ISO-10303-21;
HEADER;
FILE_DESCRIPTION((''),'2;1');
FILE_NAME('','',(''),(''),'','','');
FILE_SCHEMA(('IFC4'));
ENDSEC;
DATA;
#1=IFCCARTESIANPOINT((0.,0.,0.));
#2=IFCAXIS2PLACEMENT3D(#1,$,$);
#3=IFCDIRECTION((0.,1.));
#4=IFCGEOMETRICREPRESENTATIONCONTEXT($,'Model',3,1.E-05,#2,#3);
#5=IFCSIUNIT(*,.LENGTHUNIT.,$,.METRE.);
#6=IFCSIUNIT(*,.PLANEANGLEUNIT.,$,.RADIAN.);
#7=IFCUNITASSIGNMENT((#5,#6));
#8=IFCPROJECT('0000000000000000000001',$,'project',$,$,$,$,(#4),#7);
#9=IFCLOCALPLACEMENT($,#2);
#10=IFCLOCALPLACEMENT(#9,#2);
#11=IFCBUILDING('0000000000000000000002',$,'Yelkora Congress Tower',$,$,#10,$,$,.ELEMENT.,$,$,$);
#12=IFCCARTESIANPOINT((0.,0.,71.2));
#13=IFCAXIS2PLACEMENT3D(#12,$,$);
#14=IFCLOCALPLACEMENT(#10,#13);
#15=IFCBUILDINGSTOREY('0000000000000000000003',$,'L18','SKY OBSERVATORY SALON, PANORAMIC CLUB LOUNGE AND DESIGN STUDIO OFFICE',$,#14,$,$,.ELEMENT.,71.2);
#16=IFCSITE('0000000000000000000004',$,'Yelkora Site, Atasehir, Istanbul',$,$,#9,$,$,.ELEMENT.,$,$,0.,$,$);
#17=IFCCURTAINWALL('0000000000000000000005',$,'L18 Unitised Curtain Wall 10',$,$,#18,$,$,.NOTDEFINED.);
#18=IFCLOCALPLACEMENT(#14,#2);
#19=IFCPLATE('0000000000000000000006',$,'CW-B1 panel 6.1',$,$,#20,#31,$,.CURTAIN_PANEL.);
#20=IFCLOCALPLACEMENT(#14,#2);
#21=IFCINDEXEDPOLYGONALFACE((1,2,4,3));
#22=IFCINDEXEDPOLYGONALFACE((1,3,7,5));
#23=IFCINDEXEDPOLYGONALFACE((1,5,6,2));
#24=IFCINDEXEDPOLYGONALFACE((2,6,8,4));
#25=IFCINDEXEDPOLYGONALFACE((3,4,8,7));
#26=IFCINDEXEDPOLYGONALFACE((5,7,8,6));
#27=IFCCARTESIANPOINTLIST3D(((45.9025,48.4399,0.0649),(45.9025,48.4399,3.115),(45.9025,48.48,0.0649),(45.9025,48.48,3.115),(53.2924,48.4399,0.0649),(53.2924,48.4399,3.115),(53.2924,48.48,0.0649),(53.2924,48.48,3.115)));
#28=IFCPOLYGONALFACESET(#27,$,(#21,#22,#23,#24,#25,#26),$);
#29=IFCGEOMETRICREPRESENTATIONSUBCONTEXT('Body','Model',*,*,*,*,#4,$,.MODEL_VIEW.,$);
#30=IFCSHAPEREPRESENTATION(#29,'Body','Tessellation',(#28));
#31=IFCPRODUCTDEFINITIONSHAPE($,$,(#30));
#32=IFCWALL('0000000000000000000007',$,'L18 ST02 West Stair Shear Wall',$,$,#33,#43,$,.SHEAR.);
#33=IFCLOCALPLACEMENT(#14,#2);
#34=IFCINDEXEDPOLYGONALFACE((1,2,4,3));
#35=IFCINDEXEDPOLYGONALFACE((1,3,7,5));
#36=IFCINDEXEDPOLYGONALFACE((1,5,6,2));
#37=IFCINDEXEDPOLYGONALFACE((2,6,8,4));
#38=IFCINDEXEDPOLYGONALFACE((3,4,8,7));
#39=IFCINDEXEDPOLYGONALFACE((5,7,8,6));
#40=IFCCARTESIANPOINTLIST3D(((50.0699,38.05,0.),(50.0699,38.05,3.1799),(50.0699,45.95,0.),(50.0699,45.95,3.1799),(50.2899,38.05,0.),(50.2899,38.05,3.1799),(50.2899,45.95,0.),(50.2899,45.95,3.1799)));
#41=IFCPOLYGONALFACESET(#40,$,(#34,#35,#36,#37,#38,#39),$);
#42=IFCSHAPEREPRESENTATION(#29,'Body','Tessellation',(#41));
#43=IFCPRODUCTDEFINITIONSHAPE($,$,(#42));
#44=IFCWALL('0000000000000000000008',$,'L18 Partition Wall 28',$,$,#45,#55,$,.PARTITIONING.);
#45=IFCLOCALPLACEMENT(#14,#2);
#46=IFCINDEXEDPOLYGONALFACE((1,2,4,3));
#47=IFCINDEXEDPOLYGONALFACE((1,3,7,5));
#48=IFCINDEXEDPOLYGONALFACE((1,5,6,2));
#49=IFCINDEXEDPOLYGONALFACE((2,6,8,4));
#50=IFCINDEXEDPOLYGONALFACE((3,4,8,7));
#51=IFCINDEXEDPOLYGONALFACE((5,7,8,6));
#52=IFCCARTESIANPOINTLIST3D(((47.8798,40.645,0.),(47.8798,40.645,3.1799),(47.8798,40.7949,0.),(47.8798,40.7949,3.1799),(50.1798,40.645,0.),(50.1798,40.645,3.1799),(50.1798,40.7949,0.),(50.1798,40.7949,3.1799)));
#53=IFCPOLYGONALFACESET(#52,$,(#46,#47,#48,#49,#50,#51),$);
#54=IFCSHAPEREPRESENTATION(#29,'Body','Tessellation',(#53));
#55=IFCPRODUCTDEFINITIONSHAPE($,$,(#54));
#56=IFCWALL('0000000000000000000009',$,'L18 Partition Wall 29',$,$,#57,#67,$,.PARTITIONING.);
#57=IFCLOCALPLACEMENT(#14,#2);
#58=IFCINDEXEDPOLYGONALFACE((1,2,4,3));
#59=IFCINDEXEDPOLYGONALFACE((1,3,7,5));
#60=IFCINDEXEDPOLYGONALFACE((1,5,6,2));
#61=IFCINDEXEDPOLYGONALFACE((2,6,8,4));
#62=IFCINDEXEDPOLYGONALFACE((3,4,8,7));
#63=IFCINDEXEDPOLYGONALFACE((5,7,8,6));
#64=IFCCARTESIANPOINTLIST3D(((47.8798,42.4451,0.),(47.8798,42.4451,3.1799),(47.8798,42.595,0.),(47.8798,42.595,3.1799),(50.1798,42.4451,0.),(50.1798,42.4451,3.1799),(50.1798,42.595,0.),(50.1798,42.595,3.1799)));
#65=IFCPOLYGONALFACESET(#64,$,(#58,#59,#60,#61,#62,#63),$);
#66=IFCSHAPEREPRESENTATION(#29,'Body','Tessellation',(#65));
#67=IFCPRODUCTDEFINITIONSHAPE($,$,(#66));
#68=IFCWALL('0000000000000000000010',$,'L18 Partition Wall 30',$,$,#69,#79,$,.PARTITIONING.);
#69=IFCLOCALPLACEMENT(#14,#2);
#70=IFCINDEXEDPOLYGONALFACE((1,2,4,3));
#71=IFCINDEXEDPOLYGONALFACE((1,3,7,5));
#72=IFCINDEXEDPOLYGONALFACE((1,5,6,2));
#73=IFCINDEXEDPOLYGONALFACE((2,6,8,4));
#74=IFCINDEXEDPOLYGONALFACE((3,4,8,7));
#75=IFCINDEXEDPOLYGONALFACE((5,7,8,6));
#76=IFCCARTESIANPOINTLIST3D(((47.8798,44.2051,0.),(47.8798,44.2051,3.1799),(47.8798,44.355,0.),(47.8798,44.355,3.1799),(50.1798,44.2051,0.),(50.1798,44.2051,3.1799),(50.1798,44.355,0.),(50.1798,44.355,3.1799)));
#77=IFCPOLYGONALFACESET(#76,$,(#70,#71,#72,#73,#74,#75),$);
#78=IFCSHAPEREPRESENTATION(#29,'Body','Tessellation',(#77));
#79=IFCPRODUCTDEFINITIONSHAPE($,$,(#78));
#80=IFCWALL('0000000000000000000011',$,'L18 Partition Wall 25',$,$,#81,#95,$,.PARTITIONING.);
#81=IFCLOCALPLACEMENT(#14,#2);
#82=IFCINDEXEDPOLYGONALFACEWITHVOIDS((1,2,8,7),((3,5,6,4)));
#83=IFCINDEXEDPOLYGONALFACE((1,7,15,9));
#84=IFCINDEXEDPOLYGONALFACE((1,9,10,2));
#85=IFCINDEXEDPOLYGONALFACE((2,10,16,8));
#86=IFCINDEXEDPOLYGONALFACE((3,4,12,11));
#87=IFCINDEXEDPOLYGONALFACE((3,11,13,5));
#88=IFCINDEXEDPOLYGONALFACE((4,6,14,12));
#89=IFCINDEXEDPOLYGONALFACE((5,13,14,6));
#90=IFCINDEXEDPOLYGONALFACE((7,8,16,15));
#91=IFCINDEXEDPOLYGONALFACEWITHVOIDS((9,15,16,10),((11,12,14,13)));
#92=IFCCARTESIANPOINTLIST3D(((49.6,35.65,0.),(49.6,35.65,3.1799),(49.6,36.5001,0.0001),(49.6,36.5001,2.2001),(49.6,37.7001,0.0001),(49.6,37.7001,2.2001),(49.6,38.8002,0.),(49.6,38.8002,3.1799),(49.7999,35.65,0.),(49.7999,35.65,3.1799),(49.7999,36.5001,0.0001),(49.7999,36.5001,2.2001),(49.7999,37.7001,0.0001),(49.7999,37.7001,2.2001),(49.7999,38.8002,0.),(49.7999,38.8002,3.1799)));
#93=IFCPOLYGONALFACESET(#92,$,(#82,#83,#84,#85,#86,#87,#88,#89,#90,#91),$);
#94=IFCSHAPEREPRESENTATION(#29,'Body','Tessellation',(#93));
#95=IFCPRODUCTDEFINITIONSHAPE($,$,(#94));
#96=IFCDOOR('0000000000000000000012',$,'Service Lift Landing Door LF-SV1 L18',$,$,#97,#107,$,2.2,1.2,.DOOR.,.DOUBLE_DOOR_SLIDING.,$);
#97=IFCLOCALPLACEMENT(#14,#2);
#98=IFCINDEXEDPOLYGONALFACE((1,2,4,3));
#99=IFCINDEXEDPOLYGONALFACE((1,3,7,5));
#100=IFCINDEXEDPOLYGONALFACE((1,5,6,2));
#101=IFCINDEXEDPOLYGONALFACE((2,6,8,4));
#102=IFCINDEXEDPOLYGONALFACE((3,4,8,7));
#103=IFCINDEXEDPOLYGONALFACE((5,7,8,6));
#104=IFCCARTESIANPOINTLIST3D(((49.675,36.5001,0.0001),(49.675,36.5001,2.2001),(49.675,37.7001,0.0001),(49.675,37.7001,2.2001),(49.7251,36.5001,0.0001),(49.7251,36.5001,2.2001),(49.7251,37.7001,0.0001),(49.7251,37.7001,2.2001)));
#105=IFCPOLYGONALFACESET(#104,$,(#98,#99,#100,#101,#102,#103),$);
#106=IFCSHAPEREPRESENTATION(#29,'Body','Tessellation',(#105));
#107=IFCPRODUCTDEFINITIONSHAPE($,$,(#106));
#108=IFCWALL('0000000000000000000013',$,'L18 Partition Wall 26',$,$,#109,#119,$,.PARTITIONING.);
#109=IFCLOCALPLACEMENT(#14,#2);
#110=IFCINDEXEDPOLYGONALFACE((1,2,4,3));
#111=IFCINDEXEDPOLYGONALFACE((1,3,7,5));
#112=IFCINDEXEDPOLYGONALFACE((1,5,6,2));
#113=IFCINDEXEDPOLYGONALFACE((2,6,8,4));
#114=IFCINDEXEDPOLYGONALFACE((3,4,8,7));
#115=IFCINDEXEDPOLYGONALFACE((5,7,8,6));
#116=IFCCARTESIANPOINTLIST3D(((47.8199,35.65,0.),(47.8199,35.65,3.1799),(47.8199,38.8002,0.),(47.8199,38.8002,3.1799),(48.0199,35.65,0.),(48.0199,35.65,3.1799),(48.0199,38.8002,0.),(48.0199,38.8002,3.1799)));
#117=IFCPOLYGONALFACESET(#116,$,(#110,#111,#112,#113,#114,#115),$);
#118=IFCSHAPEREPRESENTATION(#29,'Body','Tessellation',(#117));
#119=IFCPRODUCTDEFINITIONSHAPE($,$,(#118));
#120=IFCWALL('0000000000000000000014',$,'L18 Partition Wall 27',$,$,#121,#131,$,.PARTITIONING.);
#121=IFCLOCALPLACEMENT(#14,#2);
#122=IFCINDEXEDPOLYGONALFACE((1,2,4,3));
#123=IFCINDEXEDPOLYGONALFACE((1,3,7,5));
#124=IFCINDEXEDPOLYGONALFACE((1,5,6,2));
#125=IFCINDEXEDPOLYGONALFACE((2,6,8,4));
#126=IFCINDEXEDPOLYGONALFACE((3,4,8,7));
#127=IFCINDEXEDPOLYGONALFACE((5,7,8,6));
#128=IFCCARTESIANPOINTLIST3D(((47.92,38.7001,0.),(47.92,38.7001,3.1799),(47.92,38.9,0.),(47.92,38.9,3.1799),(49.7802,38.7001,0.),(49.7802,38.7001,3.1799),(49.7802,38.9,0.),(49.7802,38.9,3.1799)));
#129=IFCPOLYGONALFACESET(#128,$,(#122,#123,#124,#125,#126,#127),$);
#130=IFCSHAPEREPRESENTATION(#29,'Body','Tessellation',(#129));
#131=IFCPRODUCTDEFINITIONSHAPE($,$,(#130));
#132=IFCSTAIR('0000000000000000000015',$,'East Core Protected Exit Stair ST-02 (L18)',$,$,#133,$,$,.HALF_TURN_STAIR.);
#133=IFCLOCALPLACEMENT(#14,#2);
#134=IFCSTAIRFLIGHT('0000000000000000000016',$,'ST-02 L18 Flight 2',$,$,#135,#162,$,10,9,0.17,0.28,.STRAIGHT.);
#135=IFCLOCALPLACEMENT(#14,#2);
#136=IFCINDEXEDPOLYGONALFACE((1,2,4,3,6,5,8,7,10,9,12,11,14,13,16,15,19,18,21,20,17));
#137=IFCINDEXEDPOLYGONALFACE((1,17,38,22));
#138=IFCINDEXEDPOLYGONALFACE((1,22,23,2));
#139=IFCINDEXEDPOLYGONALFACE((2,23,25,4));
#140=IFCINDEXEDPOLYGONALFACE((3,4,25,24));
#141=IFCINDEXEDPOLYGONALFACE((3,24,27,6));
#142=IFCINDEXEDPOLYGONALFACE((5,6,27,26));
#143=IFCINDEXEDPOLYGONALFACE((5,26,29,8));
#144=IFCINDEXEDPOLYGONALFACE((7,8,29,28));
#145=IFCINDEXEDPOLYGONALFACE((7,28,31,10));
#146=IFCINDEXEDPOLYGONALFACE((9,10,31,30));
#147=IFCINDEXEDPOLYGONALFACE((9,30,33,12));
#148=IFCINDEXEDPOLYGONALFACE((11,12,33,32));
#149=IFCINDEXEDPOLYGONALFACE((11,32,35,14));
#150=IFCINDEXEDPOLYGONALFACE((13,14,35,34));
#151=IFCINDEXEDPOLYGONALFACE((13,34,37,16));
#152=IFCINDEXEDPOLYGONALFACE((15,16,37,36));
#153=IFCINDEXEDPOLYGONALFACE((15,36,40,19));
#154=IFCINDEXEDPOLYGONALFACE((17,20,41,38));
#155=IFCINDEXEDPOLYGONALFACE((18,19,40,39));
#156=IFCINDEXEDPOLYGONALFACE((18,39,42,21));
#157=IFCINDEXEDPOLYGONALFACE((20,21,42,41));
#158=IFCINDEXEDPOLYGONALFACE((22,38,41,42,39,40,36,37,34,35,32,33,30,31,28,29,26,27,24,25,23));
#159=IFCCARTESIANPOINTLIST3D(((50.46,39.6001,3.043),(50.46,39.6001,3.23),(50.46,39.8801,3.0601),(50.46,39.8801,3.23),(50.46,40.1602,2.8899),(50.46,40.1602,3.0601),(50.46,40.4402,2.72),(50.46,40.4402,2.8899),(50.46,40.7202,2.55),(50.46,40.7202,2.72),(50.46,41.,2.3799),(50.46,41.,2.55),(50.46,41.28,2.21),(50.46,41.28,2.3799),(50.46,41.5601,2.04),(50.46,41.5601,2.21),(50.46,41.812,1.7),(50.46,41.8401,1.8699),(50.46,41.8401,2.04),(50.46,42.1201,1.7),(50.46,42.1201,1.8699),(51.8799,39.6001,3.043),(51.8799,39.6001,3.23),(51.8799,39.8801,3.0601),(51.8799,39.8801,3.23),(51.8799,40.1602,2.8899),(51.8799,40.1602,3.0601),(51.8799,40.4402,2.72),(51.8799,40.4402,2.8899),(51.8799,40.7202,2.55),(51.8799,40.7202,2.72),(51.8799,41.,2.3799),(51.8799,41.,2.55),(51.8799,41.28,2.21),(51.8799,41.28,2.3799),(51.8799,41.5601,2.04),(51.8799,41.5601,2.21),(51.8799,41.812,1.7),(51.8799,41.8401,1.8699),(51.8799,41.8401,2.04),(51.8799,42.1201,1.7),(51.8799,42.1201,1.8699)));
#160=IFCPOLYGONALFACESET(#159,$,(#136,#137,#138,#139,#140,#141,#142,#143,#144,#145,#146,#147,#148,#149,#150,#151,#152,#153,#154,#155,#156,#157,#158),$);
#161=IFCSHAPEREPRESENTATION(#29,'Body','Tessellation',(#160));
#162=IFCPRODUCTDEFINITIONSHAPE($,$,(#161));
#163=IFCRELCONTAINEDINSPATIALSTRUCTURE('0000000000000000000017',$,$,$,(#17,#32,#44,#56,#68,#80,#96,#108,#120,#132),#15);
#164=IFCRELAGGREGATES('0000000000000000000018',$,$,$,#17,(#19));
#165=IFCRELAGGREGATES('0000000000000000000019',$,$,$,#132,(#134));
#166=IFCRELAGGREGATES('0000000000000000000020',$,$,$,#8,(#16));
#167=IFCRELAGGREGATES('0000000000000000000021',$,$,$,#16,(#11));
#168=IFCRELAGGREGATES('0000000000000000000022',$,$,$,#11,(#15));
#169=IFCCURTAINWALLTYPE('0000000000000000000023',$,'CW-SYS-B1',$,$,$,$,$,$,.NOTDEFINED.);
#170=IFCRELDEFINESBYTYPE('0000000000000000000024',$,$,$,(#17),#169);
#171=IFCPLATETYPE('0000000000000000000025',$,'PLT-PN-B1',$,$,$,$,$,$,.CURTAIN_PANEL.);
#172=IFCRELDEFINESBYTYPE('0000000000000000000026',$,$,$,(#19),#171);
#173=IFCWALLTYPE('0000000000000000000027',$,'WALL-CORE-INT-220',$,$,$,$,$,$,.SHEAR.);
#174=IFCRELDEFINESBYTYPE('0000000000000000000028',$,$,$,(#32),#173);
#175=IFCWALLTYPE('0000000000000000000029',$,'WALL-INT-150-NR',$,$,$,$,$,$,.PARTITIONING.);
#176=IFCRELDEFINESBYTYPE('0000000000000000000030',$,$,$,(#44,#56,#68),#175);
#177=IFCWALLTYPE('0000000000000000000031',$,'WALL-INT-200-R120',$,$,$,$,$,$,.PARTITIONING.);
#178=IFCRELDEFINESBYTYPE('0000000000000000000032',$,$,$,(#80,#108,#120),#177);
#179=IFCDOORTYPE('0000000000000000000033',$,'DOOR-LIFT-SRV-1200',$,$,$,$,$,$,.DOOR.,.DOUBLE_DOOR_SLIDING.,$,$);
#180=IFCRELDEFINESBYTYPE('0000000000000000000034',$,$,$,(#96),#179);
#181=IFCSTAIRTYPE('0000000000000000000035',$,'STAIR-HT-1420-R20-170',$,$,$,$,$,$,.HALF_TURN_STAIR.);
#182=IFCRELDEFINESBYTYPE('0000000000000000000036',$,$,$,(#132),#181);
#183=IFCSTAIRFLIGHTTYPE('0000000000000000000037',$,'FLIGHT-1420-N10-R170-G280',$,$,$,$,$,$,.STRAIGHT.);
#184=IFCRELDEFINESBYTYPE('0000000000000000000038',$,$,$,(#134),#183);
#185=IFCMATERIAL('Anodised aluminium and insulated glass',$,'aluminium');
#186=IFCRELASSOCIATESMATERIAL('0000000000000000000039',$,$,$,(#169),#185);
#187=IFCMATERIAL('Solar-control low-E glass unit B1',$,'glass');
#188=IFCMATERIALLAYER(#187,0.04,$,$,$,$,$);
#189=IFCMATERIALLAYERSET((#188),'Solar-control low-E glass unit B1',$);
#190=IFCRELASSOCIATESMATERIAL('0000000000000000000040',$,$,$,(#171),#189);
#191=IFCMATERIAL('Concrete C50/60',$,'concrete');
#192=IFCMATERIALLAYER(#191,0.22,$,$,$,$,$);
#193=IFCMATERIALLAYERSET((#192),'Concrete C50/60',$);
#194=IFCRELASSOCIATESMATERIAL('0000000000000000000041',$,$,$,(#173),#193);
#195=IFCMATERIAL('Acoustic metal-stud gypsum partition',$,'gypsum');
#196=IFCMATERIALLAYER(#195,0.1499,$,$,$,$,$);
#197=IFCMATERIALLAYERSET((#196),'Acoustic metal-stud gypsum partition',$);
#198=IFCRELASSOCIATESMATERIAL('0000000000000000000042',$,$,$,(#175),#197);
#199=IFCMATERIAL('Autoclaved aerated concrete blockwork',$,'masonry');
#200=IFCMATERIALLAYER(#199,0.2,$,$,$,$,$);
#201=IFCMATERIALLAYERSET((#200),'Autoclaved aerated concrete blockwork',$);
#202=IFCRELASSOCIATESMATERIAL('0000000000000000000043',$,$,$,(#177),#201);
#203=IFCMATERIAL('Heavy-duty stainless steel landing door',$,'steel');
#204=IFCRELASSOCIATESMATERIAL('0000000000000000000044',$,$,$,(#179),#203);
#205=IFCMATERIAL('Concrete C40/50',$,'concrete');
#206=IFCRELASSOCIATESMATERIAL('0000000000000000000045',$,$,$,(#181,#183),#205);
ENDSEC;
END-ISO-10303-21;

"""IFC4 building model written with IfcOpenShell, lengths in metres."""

from ifc_helpers import new_model, si_unit, direction, frame, frame_2d, origin, origin_2d, place, context, subcontext, project, spatial, polyline, rectangle, outline, extrude, material, layer, layer_set, type_object, element, fill, aggregate, save


model = new_model("IFC4")

# Units and contexts
model_context = context("Model", 3, precision=1e-05, world=origin(), true_north=direction((0.0, 1.0)))
body_context = subcontext(model_context, "Body", "Model", "MODEL_VIEW")
ifc_project = project(units=[si_unit("LENGTHUNIT", "METRE"), si_unit("PLANEANGLEUNIT", "RADIAN")], contexts=[model_context])

# Site, building, storey
site_placement = place(None, origin())
site = spatial("IfcSite", under=ifc_project, at=site_placement, Name="Yelkora Site, Atasehir, Istanbul", CompositionType="ELEMENT", RefElevation=0.0)
building_placement = place(site_placement, origin())
building = spatial("IfcBuilding", under=site, at=building_placement, Name="Yelkora Congress Tower", CompositionType="ELEMENT")
storey_placement = place(building_placement, frame((0.0, 0.0, 71.2)))
storey = spatial("IfcBuildingStorey", under=building, at=storey_placement, Name="L18", Description="SKY OBSERVATORY SALON, PANORAMIC CLUB LOUNGE AND DESIGN STUDIO OFFICE", CompositionType="ELEMENT", Elevation=71.2)

# Curtain wall, plate
ifc_material_1 = material(Name="Anodised aluminium and insulated glass", Category="aluminium")
curtain_wall_type = type_object("IfcCurtainWallType", Name="CW-SYS-B1", PredefinedType="NOTDEFINED", material=ifc_material_1)
curtain_wall_placement = place(storey_placement, origin())
curtain_wall = element("IfcCurtainWall", 1, at=curtain_wall_placement, inside=storey, type_object=curtain_wall_type, Name="L18 Unitised Curtain Wall 10", PredefinedType="NOTDEFINED")
ifc_material_2 = material(Name="Solar-control low-E glass unit B1", Category="glass")
ifc_layer_1 = layer(ifc_material_2, 0.04)
ifc_layer_set_1 = layer_set([ifc_layer_1], Name="Solar-control low-E glass unit B1")
plate_type = type_object("IfcPlateType", Name="PLT-PN-B1", PredefinedType="CURTAIN_PANEL", material=ifc_layer_set_1)
plate_placement = place(storey_placement, frame((49.5974, 48.46, 0.0649), z_axis=(0.0, 0.0, 1.0), x_axis=(1.0, 0.0, 0.0)))
plate = element("IfcPlate", 2, at=plate_placement, type_object=plate_type, Name="CW-B1 panel 6.1", PredefinedType="CURTAIN_PANEL", context=body_context, shape_type="SweptSolid", body=[
    extrude(rectangle(XDim=7.3899, YDim=0.04, at=origin_2d()), origin(), (0.0, 0.0, 1.0), 3.05),
])
aggregate(curtain_wall, [plate])

# Walls
ifc_material_3 = material(Name="Concrete C50/60", Category="concrete")
ifc_layer_2 = layer(ifc_material_3, 0.22)
ifc_layer_set_2 = layer_set([ifc_layer_2], Name="Concrete C50/60")
wall_type_1 = type_object("IfcWallType", Name="WALL-CORE-INT-220", PredefinedType="SHEAR", material=ifc_layer_set_2)
wall_1_placement = place(storey_placement, frame((50.1799, 38.05, 0.0), z_axis=(0.0, 0.0, 1.0), x_axis=(0.0, 1.0, 0.0)))
element("IfcWall", 3, at=wall_1_placement, inside=storey, type_object=wall_type_1, Name="L18 ST02 West Stair Shear Wall", PredefinedType="SHEAR", context=body_context, shape_type="SweptSolid", body=[
    extrude(rectangle(XDim=7.8999, YDim=0.22, at=frame_2d((3.95, 0.0))), origin(), (0.0, 0.0, 1.0), 3.1799),
])
ifc_material_4 = material(Name="Acoustic metal-stud gypsum partition", Category="gypsum")
ifc_layer_3 = layer(ifc_material_4, 0.1499)
ifc_layer_set_3 = layer_set([ifc_layer_3], Name="Acoustic metal-stud gypsum partition")
wall_type_2 = type_object("IfcWallType", Name="WALL-INT-150-NR", PredefinedType="PARTITIONING", material=ifc_layer_set_3)
for number, where, z_axis, x_axis, name in (
    (4, (47.8799, 40.72, 0.0), (0.0, 0.0, 1.0), (1.0, 0.0, 0.0), "L18 Partition Wall 28"),
    (5, (47.8799, 42.52, 0.0), (0.0, 0.0, 1.0), (1.0, 0.0, 0.0), "L18 Partition Wall 29"),
    (6, (47.8799, 44.28, 0.0), (0.0, 0.0, 1.0), (1.0, 0.0, 0.0), "L18 Partition Wall 30"),
):
    element("IfcWall", number, at=place(storey_placement, frame(where, z_axis=z_axis, x_axis=x_axis)), inside=storey, type_object=wall_type_2, Name=name, PredefinedType="PARTITIONING", context=body_context, shape_type="SweptSolid", body=[
        extrude(rectangle(XDim=2.3, YDim=0.1499, at=frame_2d((1.1499, 0.0))), origin(), (0.0, 0.0, 1.0), 3.1799),
    ])

# Wall, opening, door
ifc_material_5 = material(Name="Autoclaved aerated concrete blockwork", Category="masonry")
ifc_layer_4 = layer(ifc_material_5, 0.2)
ifc_layer_set_4 = layer_set([ifc_layer_4], Name="Autoclaved aerated concrete blockwork")
wall_type_3 = type_object("IfcWallType", Name="WALL-INT-200-R120", PredefinedType="PARTITIONING", material=ifc_layer_set_4)
wall_2_placement = place(storey_placement, frame((49.7, 35.6499, 0.0), z_axis=(0.0, 0.0, 1.0), x_axis=(0.0, 1.0, 0.0)))
wall_2 = element("IfcWall", 7, at=wall_2_placement, inside=storey, type_object=wall_type_3, Name="L18 Partition Wall 25", PredefinedType="PARTITIONING", context=body_context, shape_type="SweptSolid", body=[
    extrude(rectangle(XDim=3.1501, YDim=0.2, at=frame_2d((1.5752, 0.0))), origin(), (0.0, 0.0, 1.0), 3.1799),
])
opening_1_placement = place(wall_2_placement, frame((0.8501, 0.0, 0.0)))
opening_1 = element("IfcOpeningElement", 8, at=opening_1_placement, cuts=wall_2, PredefinedType="OPENING", context=body_context, shape_type="SweptSolid", body=[
    extrude(rectangle(XDim=1.2, YDim=2.2, at=frame_2d((0.6001, 1.1001))), frame((0.0, 0.1099, 0.0), z_axis=(0.0, -1.0, 0.0), x_axis=(1.0, 0.0, 0.0)), (0.0, 0.0, 1.0), 0.22),
])
ifc_material_6 = material(Name="Heavy-duty stainless steel landing door", Category="steel")
door_type_1 = type_object("IfcDoorType", Name="DOOR-LIFT-SRV-1200", OperationType="DOUBLE_DOOR_SLIDING", PredefinedType="DOOR", material=ifc_material_6)
door_1_placement = place(opening_1_placement, origin())
door_1 = element("IfcDoor", 9, at=door_1_placement, inside=storey, type_object=door_type_1, Name="Service Lift Landing Door LF-SV1 L18", OperationType="DOUBLE_DOOR_SLIDING", OverallHeight=2.2, OverallWidth=1.2, PredefinedType="DOOR", context=body_context, shape_type="SweptSolid", body=[
    extrude(rectangle(XDim=1.2, YDim=2.2, at=frame_2d((0.6001, 1.1001))), frame((0.0, 0.0249, 0.0), z_axis=(0.0, -1.0, 0.0), x_axis=(1.0, 0.0, 0.0)), (0.0, 0.0, 1.0), 0.05),
])
fill(opening_1, door_1)

# Walls
wall_3_placement = place(storey_placement, frame((47.9199, 35.6499, 0.0), z_axis=(0.0, 0.0, 1.0), x_axis=(0.0, 1.0, 0.0)))
element("IfcWall", 10, at=wall_3_placement, inside=storey, type_object=wall_type_3, Name="L18 Partition Wall 26", PredefinedType="PARTITIONING", context=body_context, shape_type="SweptSolid", body=[
    extrude(rectangle(XDim=3.1501, YDim=0.2, at=frame_2d((1.5752, 0.0))), origin(), (0.0, 0.0, 1.0), 3.1799),
])
wall_4_placement = place(storey_placement, frame((47.9199, 38.8, 0.0), z_axis=(0.0, 0.0, 1.0), x_axis=(1.0, 0.0, 0.0)))
element("IfcWall", 11, at=wall_4_placement, inside=storey, type_object=wall_type_3, Name="L18 Partition Wall 27", PredefinedType="PARTITIONING", context=body_context, shape_type="SweptSolid", body=[
    extrude(rectangle(XDim=1.8601, YDim=0.2, at=frame_2d((0.9302, 0.0))), origin(), (0.0, 0.0, 1.0), 3.1799),
])

# Stair, stair flight
ifc_material_7 = material(Name="Concrete C40/50", Category="concrete")
stair_type = type_object("IfcStairType", Name="STAIR-HT-1420-R20-170", PredefinedType="HALF_TURN_STAIR", material=ifc_material_7)
stair_placement = place(storey_placement, origin())
stair = element("IfcStair", 12, at=stair_placement, inside=storey, type_object=stair_type, Name="East Core Protected Exit Stair ST-02 (L18)", PredefinedType="HALF_TURN_STAIR")
stair_flight_type = type_object("IfcStairFlightType", Name="FLIGHT-1420-N10-R170-G280", PredefinedType="STRAIGHT", material=ifc_material_7)
stair_flight_placement = place(storey_placement, frame((51.1699, 42.1201, 1.7), z_axis=(0.0, 0.0, 1.0), x_axis=(0.0, -1.0, 0.0)))
stair_flight = element("IfcStairFlight", 13, at=stair_flight_placement, type_object=stair_flight_type, Name="ST-02 L18 Flight 2", NumberOfRisers=10, NumberOfTreads=9, PredefinedType="STRAIGHT", RiserHeight=0.17, TreadLength=0.28, context=body_context, shape_type="SweptSolid", body=[
    extrude(outline(polyline([(0.0, 0.0), (0.0, 0.1699), (0.28, 0.1699), (0.28, 0.3401), (0.5601, 0.3401), (0.5601, 0.51), (0.8401, 0.51), (0.8401, 0.6799), (1.1201, 0.6799), (1.1201, 0.8501), (1.3999, 0.8501), (1.3999, 1.02), (1.6799, 1.02), (1.6799, 1.1899), (1.96, 1.1899), (1.96, 1.3601), (2.24, 1.3601), (2.24, 1.53), (2.52, 1.53), (2.52, 1.7), (2.52, 1.343), (0.3081, 0.0), (0.0, 0.0)])), frame((0.0, 0.71, 0.0), z_axis=(0.0, -1.0, 0.0), x_axis=(1.0, 0.0, 0.0)), (0.0, 0.0, 1.0), 1.4199),
])
aggregate(stair, [stair_flight])

save(model, "model.ifc")
